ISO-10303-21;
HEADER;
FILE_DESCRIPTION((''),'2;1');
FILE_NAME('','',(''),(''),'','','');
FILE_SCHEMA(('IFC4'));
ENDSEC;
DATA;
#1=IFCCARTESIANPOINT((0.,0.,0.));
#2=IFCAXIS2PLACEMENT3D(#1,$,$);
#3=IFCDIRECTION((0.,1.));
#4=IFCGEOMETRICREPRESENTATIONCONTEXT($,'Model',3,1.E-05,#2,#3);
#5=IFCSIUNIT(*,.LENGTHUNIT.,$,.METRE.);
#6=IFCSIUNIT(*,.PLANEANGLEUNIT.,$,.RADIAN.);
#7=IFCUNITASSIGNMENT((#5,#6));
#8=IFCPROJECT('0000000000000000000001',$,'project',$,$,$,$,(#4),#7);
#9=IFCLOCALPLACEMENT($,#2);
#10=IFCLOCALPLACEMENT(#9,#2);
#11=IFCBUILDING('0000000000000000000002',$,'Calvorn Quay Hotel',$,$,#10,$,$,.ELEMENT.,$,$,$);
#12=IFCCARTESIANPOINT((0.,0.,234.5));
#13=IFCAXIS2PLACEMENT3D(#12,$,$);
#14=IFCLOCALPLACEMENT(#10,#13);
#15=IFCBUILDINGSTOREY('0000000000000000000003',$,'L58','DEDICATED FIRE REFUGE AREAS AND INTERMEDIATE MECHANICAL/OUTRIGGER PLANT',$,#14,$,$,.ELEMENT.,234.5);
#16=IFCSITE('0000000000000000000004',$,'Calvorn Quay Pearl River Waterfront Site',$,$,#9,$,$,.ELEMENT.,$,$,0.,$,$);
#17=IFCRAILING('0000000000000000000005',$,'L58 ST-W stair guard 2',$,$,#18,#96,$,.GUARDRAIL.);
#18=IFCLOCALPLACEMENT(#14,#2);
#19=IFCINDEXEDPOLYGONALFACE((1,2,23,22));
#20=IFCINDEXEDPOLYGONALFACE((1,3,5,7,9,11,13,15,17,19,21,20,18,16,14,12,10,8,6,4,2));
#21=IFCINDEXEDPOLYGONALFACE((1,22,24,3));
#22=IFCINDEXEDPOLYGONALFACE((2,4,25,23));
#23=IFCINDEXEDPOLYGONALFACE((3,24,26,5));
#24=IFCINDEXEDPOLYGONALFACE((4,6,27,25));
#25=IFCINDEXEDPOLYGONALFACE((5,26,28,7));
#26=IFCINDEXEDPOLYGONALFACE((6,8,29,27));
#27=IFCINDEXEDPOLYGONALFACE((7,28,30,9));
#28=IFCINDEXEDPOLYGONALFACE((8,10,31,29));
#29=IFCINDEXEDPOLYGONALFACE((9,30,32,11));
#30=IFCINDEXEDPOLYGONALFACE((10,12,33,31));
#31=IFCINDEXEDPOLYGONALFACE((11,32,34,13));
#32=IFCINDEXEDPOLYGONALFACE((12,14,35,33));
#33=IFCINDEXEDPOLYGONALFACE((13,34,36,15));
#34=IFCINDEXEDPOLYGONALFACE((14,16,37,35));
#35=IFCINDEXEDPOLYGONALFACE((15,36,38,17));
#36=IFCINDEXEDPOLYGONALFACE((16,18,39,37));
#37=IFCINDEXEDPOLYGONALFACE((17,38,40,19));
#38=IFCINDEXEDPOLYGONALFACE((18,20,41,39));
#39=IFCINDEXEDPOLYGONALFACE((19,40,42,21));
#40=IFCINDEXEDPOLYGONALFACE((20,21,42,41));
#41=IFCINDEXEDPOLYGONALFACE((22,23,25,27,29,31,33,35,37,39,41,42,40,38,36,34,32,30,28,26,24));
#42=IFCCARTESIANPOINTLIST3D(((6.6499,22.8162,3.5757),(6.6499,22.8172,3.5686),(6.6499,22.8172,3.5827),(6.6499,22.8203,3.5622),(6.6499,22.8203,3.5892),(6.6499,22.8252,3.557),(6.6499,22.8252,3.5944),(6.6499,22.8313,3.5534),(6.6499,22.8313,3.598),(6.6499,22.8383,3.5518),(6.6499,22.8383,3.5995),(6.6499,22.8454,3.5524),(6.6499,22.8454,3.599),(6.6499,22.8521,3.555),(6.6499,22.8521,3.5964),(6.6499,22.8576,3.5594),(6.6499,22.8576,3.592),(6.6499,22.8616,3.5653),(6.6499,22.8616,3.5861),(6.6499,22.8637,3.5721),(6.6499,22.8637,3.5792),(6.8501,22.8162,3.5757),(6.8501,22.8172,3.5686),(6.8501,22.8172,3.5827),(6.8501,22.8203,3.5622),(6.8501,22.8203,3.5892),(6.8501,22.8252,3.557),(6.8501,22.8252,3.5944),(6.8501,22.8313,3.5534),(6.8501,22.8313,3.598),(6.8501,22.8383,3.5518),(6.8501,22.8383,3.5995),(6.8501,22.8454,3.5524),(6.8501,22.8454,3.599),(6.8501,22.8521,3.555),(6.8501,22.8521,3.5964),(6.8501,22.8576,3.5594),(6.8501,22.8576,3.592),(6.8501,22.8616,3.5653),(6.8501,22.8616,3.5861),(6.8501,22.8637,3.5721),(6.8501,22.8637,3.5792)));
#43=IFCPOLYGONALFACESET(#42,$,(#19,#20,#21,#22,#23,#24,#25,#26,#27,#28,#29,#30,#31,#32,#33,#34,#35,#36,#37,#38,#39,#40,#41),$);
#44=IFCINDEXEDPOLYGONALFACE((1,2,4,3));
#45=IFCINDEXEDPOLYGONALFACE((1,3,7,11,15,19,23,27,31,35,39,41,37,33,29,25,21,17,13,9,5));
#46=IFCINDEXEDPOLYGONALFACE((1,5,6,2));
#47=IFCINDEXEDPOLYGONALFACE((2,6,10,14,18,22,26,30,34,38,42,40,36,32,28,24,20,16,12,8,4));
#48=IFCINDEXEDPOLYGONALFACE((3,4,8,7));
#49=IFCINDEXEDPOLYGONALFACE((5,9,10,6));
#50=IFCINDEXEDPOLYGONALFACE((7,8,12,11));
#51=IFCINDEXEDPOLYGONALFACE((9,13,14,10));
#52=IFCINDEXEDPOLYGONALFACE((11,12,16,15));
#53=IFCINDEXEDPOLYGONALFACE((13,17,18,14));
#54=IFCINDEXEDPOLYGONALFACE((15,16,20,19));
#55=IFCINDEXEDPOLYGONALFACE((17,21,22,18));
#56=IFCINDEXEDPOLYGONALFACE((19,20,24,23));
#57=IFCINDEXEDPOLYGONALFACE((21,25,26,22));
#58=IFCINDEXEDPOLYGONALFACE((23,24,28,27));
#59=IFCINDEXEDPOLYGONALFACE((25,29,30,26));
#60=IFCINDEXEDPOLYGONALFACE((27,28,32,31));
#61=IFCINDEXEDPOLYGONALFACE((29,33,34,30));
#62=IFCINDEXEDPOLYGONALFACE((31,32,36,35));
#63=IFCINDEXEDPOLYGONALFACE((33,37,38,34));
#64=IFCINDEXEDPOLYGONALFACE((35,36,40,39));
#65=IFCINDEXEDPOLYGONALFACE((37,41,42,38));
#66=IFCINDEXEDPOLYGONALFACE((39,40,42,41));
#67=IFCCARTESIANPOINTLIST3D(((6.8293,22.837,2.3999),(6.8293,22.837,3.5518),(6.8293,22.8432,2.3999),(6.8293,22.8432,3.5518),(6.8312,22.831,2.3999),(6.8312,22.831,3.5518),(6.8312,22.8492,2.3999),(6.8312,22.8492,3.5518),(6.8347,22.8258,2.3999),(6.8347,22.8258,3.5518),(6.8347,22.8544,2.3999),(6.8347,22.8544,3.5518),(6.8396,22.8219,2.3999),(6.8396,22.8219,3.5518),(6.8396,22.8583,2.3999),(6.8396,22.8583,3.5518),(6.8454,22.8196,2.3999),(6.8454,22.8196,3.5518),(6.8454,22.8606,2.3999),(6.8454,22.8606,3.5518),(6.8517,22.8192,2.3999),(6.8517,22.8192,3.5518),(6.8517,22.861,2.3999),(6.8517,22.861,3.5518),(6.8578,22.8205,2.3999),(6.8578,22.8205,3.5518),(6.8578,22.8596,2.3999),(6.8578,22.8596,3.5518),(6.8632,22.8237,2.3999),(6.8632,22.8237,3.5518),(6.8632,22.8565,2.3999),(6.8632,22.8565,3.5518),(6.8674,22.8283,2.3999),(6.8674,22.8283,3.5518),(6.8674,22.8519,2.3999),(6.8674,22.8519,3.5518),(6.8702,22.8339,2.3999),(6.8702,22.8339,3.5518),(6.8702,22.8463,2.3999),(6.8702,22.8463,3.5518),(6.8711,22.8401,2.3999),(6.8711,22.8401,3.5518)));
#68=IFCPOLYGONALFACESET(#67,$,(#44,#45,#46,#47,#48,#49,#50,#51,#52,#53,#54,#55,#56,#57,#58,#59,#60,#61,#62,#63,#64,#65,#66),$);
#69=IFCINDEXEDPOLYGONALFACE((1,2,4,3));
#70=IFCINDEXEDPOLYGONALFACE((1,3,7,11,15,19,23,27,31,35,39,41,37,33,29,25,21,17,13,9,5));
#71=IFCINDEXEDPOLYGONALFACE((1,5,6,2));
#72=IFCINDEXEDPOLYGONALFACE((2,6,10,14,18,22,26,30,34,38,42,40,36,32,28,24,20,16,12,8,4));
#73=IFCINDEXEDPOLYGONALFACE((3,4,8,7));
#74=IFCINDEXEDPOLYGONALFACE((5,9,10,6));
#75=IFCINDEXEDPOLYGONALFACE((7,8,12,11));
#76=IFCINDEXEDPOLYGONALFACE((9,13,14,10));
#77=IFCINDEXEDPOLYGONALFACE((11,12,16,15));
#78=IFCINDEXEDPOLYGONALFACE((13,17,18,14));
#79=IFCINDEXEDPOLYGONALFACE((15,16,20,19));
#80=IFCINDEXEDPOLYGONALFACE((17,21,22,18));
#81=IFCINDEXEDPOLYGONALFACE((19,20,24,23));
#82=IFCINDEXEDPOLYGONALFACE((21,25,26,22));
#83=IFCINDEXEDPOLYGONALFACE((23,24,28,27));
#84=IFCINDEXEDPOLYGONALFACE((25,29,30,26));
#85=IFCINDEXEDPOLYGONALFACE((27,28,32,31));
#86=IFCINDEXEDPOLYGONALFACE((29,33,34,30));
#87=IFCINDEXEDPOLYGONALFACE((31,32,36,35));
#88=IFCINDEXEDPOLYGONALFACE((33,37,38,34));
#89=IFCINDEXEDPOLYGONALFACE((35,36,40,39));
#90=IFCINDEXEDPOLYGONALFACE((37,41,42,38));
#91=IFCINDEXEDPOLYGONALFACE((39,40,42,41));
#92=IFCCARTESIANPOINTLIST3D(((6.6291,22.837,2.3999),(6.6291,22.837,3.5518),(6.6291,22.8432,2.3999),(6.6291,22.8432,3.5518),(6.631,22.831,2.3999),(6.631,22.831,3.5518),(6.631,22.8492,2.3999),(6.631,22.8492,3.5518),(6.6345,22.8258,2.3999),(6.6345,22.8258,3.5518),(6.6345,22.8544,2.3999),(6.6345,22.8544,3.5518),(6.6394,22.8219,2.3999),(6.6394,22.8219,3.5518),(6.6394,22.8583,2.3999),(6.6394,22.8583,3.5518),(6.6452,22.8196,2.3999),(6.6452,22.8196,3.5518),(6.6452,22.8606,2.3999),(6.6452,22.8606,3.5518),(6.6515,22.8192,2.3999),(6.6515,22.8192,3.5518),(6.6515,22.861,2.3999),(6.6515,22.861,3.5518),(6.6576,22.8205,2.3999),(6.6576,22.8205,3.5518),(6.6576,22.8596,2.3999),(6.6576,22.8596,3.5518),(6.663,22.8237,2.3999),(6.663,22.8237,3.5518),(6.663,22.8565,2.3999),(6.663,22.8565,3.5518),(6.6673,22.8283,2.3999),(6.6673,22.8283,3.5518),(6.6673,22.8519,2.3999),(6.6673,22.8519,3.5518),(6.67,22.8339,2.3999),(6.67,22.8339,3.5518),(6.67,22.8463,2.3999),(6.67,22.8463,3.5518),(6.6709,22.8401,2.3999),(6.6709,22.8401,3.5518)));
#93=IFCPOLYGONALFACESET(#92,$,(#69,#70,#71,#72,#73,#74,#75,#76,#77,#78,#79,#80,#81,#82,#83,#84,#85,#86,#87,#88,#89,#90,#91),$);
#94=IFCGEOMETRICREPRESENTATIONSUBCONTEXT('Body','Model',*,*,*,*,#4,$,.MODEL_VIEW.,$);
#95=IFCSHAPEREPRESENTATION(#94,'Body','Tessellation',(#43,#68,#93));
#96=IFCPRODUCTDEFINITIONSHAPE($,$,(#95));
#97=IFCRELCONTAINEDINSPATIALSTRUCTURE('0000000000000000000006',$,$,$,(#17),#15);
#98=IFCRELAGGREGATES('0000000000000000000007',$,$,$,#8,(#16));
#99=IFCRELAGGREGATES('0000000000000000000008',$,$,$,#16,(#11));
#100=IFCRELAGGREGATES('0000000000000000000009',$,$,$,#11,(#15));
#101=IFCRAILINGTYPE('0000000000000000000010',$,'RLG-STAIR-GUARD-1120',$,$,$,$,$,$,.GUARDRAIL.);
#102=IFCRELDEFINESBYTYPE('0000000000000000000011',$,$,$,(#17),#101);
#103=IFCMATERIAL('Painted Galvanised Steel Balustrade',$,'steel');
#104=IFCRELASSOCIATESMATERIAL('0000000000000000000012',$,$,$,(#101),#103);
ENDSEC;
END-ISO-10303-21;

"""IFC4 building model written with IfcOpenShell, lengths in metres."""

from ifc_helpers import new_model, si_unit, direction, frame, origin, origin_2d, place, context, subcontext, project, spatial, circle, extrude, material, type_object, element, save


model = new_model("IFC4")

# Units and contexts
model_context = context("Model", 3, precision=1e-05, world=origin(), true_north=direction((0.0, 1.0)))
body_context = subcontext(model_context, "Body", "Model", "MODEL_VIEW")
ifc_project = project(units=[si_unit("LENGTHUNIT", "METRE"), si_unit("PLANEANGLEUNIT", "RADIAN")], contexts=[model_context])

# Site, building, storey
site_placement = place(None, origin())
site = spatial("IfcSite", under=ifc_project, at=site_placement, Name="Calvorn Quay Pearl River Waterfront Site", CompositionType="ELEMENT", RefElevation=0.0)
building_placement = place(site_placement, origin())
building = spatial("IfcBuilding", under=site, at=building_placement, Name="Calvorn Quay Hotel", CompositionType="ELEMENT")
storey_placement = place(building_placement, frame((0.0, 0.0, 234.5)))
storey = spatial("IfcBuildingStorey", under=building, at=storey_placement, Name="L58", Description="DEDICATED FIRE REFUGE AREAS AND INTERMEDIATE MECHANICAL/OUTRIGGER PLANT", CompositionType="ELEMENT", Elevation=234.5)

# Railing
ifc_material_1 = material(Name="Painted Galvanised Steel Balustrade", Category="steel")
railing_type_1 = type_object("IfcRailingType", Name="RLG-STAIR-GUARD-1120", PredefinedType="GUARDRAIL", material=ifc_material_1)
railing_1_placement = place(storey_placement, frame((6.8501, 22.8401, 2.3999)))
element("IfcRailing", 1, at=railing_1_placement, inside=storey, type_object=railing_type_1, Name="L58 ST-W stair guard 2", PredefinedType="GUARDRAIL", context=body_context, shape_type="SweptSolid", body=[
    extrude(circle(Radius=0.0239, at=origin_2d()), frame((0.0, 0.0, 1.1758), z_axis=(-1.0, 0.0, 0.0), x_axis=(0.0, -1.0, 0.0)), (0.0, 0.0, 1.0), 0.2002),
    extrude(circle(Radius=0.021, at=origin_2d()), origin(), (0.0, 0.0, 1.0), 1.1519),
    extrude(circle(Radius=0.021, at=origin_2d()), frame((-0.2002, 0.0, 0.0)), (0.0, 0.0, 1.0), 1.1519),
])

save(model, "model.ifc")
